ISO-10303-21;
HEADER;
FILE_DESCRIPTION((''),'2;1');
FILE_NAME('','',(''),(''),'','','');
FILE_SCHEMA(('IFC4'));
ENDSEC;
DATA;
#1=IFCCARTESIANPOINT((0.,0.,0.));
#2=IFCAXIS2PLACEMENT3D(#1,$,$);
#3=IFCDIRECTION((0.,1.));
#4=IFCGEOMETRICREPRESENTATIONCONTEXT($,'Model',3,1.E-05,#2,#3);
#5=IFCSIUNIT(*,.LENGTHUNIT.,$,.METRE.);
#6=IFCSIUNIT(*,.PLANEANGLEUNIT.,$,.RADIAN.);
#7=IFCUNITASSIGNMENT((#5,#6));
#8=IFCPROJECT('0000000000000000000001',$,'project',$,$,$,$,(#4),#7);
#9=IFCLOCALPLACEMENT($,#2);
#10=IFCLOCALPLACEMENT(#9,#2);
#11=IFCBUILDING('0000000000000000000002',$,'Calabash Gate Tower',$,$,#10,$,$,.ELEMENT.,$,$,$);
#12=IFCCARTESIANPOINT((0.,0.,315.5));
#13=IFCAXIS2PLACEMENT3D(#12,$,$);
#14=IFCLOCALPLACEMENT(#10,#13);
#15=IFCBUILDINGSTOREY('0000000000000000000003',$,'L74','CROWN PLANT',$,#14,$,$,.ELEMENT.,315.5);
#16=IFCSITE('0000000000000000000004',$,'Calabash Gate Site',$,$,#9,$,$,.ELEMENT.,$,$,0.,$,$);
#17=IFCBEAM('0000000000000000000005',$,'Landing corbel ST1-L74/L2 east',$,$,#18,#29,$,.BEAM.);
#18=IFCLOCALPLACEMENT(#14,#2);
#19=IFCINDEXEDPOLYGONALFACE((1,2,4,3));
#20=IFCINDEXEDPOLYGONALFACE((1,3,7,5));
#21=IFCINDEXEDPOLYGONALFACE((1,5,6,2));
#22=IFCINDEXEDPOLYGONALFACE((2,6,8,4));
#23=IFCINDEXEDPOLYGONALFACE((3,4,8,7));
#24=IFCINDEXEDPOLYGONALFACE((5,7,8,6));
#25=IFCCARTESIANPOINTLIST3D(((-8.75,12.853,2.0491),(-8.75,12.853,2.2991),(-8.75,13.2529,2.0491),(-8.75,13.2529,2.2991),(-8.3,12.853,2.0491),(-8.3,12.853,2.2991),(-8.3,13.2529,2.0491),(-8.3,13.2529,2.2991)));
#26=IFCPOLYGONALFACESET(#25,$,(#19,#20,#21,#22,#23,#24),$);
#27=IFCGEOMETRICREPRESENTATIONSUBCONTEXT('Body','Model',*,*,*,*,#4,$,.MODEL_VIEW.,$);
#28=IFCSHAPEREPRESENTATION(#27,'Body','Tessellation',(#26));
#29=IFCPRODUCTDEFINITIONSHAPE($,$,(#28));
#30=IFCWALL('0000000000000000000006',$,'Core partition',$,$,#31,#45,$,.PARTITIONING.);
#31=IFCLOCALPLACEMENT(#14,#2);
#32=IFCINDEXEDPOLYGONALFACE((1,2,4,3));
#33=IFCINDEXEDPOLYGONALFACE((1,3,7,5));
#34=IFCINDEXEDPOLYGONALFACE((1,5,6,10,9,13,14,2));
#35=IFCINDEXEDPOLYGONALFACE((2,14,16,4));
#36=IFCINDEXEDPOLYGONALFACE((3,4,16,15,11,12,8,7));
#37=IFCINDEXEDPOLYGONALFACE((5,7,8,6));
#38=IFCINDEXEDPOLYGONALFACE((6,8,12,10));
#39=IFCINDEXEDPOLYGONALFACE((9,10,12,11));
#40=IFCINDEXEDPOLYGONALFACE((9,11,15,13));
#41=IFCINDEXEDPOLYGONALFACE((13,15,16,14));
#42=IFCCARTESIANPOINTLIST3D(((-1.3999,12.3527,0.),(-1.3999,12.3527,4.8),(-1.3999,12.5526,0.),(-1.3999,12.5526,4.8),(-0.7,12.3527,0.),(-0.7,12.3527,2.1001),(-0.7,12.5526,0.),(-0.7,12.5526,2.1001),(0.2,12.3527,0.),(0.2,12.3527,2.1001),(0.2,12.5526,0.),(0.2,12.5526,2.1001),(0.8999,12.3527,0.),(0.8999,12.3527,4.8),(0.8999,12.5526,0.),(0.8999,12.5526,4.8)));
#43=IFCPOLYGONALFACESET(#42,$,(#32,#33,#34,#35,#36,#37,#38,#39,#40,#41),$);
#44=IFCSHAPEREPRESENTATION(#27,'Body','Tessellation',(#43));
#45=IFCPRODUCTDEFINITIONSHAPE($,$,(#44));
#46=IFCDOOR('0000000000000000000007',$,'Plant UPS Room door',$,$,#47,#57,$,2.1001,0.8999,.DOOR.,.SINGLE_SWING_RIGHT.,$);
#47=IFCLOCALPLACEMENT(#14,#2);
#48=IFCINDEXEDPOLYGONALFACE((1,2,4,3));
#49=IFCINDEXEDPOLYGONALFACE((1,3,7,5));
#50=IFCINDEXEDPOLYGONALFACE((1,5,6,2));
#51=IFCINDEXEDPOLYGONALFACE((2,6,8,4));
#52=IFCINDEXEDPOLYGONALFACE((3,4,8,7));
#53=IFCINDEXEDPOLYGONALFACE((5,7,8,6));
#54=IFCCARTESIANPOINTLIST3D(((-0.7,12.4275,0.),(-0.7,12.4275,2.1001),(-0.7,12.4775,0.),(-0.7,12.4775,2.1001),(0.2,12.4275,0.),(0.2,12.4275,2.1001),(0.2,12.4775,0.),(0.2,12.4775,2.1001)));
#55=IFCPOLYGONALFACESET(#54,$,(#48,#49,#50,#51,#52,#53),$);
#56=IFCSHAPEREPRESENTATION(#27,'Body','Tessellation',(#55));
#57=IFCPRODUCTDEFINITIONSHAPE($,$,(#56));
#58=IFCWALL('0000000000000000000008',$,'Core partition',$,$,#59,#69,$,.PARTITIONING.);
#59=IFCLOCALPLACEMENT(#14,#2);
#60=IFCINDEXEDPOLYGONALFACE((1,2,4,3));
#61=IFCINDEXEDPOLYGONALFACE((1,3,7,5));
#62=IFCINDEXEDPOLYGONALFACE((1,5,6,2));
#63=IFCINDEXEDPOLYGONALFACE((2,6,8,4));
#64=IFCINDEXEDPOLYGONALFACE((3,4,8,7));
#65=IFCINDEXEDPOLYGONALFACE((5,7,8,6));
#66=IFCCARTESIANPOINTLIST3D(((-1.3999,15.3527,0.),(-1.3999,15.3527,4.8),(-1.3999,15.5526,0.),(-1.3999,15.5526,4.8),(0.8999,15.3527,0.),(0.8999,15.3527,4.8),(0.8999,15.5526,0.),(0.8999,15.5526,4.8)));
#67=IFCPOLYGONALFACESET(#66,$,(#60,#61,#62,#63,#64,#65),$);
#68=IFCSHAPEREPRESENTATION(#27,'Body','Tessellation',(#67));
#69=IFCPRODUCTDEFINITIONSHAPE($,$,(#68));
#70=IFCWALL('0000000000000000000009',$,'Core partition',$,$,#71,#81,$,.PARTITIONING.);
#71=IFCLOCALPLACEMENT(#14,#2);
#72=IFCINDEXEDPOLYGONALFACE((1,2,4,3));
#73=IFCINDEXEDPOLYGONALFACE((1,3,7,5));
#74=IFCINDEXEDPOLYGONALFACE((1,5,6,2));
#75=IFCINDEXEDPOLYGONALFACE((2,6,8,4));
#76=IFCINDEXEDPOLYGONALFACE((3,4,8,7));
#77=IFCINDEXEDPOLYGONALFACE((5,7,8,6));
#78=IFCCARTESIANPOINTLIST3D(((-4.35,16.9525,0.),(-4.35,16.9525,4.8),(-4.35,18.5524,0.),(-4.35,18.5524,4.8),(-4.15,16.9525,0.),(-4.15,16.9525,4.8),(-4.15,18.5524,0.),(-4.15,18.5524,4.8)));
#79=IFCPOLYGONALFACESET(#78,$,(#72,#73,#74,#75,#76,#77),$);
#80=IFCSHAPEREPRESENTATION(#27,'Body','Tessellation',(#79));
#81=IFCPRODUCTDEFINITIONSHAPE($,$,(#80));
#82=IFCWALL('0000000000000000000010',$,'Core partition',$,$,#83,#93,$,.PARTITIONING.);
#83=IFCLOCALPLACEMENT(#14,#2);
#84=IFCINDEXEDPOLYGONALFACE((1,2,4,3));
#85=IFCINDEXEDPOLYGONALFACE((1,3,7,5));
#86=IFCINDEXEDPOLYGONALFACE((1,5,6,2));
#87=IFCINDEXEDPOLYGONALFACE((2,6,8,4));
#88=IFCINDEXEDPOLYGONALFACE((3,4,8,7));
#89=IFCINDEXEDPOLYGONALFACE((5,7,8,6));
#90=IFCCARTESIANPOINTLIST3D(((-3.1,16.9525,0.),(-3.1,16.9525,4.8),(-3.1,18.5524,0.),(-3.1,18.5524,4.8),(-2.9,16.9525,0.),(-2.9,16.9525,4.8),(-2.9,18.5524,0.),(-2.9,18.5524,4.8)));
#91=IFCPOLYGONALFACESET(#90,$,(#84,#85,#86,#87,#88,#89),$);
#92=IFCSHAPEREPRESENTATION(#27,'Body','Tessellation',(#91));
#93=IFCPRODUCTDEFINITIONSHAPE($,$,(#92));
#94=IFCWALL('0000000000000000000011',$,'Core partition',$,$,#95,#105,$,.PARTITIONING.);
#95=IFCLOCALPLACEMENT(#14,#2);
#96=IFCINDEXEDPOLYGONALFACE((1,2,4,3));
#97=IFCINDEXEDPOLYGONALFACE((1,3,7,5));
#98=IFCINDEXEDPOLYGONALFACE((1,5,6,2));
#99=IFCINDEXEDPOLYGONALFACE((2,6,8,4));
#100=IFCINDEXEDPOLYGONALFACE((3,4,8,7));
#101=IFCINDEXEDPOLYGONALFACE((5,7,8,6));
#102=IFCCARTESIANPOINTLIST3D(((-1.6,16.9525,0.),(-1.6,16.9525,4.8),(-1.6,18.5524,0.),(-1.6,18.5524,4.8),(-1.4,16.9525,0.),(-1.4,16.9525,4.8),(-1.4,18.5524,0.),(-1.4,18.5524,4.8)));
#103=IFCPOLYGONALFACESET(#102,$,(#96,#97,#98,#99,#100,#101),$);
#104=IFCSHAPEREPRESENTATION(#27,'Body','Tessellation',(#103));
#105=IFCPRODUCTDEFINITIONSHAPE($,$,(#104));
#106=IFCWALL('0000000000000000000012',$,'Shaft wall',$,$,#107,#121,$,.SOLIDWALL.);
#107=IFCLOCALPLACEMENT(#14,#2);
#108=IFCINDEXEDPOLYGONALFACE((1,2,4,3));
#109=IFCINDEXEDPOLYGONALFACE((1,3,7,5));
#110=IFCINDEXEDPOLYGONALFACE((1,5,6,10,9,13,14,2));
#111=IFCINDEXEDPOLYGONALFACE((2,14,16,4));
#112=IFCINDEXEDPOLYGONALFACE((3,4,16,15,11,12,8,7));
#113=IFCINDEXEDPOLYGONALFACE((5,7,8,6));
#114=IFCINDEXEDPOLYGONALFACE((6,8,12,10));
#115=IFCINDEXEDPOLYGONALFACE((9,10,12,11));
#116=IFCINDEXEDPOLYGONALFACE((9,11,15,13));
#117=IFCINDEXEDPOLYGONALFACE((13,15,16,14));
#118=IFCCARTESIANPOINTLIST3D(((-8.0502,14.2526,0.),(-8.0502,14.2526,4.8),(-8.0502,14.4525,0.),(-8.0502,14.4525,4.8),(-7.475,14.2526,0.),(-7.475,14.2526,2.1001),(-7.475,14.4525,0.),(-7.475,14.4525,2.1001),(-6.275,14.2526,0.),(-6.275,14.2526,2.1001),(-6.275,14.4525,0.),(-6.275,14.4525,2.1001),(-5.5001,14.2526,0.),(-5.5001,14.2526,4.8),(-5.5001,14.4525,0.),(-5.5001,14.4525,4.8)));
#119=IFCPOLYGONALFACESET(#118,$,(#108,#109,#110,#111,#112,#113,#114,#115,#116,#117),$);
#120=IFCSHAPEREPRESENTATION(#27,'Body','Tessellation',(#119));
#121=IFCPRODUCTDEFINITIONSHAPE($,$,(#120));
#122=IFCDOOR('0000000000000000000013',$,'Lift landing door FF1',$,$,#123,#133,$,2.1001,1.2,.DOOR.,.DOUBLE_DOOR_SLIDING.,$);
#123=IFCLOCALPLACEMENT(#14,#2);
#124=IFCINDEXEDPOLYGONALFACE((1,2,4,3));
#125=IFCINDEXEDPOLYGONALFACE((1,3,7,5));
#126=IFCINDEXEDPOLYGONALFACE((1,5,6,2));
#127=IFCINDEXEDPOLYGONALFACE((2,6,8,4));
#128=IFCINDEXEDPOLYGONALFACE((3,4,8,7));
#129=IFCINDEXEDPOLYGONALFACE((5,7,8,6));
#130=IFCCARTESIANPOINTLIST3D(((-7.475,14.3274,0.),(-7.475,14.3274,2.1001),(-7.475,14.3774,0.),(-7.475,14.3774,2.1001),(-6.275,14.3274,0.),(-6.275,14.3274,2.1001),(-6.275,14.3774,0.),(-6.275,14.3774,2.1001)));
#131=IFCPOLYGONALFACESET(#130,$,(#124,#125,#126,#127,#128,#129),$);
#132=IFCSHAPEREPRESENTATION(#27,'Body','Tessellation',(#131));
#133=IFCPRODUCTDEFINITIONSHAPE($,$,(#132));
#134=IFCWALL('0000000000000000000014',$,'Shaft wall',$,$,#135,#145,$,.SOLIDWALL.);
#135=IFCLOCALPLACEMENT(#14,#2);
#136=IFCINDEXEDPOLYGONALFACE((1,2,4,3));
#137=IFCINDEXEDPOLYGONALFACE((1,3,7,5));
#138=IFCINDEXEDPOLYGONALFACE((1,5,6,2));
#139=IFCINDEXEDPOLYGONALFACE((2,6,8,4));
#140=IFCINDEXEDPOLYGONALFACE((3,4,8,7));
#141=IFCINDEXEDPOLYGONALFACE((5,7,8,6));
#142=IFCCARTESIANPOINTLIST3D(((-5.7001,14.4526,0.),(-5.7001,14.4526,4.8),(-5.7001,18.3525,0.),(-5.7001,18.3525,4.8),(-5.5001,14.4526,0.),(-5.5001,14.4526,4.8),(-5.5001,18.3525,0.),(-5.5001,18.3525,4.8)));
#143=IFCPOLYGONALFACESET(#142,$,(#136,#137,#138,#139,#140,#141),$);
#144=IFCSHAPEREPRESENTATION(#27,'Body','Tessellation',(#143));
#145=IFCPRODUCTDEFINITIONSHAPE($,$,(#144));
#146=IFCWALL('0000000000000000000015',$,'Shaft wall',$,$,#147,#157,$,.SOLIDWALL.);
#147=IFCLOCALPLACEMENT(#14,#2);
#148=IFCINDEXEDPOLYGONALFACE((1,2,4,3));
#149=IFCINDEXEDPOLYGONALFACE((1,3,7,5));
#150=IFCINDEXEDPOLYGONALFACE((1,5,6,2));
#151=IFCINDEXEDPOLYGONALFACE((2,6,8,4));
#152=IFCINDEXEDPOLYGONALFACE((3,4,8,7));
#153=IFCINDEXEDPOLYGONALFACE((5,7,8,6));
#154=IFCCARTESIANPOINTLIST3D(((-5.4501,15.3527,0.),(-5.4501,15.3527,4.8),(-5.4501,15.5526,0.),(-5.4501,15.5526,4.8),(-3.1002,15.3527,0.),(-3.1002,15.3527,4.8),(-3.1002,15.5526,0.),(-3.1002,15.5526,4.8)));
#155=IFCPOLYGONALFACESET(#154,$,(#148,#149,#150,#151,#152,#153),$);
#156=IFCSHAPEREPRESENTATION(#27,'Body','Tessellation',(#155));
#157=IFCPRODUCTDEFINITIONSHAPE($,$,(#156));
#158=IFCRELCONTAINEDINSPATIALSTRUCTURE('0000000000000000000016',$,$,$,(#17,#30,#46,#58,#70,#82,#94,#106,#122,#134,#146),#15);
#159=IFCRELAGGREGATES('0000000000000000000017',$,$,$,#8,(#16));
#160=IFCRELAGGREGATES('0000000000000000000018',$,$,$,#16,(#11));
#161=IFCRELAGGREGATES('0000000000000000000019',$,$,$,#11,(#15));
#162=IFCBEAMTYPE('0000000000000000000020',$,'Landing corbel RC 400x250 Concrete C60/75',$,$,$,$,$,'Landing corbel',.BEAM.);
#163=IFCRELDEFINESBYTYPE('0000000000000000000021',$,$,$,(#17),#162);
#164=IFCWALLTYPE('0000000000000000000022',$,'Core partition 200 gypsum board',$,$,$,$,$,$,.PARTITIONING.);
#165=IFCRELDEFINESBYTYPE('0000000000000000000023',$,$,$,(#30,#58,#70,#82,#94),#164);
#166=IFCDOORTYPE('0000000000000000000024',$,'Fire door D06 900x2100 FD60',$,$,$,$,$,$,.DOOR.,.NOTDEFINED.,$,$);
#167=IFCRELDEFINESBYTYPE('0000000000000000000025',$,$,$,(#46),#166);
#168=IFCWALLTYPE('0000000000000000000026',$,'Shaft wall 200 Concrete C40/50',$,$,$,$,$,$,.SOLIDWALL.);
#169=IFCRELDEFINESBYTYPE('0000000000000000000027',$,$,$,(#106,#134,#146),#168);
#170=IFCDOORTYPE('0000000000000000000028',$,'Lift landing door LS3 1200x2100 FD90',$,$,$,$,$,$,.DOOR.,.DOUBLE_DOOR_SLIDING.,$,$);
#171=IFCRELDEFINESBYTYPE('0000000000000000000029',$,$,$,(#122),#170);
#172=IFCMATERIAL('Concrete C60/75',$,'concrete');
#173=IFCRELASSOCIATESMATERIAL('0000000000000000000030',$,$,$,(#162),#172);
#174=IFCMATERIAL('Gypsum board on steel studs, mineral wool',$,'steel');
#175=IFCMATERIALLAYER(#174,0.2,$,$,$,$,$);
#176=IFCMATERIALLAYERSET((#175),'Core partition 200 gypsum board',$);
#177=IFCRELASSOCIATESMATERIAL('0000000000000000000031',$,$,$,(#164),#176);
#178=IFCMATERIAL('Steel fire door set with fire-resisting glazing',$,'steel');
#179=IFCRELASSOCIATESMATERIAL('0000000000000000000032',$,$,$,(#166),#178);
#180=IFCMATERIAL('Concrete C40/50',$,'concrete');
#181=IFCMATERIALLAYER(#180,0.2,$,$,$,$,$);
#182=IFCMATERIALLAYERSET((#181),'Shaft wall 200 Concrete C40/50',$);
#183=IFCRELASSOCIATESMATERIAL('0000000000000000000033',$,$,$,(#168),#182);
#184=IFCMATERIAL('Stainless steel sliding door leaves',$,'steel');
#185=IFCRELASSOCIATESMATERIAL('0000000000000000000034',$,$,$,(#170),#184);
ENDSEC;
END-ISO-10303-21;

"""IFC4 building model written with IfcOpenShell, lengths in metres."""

from ifc_helpers import new_model, si_unit, direction, frame, frame_2d, origin, origin_2d, place, context, subcontext, project, spatial, rectangle, extrude, material, layer, layer_set, material_profile, profile_set, type_object, element, fill, save


model = new_model("IFC4")

# Units and contexts
model_context = context("Model", 3, precision=1e-05, world=origin(), true_north=direction((0.0, 1.0)))
body_context = subcontext(model_context, "Body", "Model", "MODEL_VIEW")
ifc_project = project(units=[si_unit("LENGTHUNIT", "METRE"), si_unit("PLANEANGLEUNIT", "RADIAN")], contexts=[model_context])

# Site, building, storey
site_placement = place(None, origin())
site = spatial("IfcSite", under=ifc_project, at=site_placement, Name="Calabash Gate Site", CompositionType="ELEMENT", RefElevation=0.0)
building_placement = place(site_placement, origin())
building = spatial("IfcBuilding", under=site, at=building_placement, Name="Calabash Gate Tower", CompositionType="ELEMENT")
storey_placement = place(building_placement, frame((0.0, 0.0, 315.5)))
storey = spatial("IfcBuildingStorey", under=building, at=storey_placement, Name="L74", Description="CROWN PLANT", CompositionType="ELEMENT", Elevation=315.5)

# Beam
ifc_material_1 = material(Name="Concrete C60/75", Category="concrete")
ifc_material_profile = material_profile(ifc_material_1, rectangle(XDim=0.3999, YDim=0.25, at=origin_2d()))
ifc_profile_set = profile_set([ifc_material_profile], Name="Concrete C60/75")
beam_type = type_object("IfcBeamType", Name="Landing corbel RC 400x250 Concrete C60/75", ElementType="Landing corbel", PredefinedType="BEAM", material=ifc_profile_set)
beam_placement = place(storey_placement, frame((-8.3, 13.053, 2.1741), z_axis=(-1.0, 0.0, 0.0), x_axis=(0.0, -1.0, 0.0)))
element("IfcBeam", 1, at=beam_placement, inside=storey, type_object=beam_type, Name="Landing corbel ST1-L74/L2 east", PredefinedType="BEAM", context=body_context, shape_type="SweptSolid", body=[
    extrude(rectangle(XDim=0.3999, YDim=0.25, at=origin_2d()), origin(), (0.0, 0.0, 1.0), 0.45),
])

# Wall, opening, door
ifc_material_2 = material(Name="Gypsum board on steel studs, mineral wool", Category="steel")
ifc_layer_1 = layer(ifc_material_2, 0.2)
ifc_layer_set_1 = layer_set([ifc_layer_1], Name="Core partition 200 gypsum board")
wall_type_1 = type_object("IfcWallType", Name="Core partition 200 gypsum board", PredefinedType="PARTITIONING", material=ifc_layer_set_1)
wall_1_placement = place(storey_placement, frame((-1.3999, 12.4526, 0.0), z_axis=(0.0, 0.0, 1.0), x_axis=(1.0, 0.0, 0.0)))
wall_1 = element("IfcWall", 2, at=wall_1_placement, inside=storey, type_object=wall_type_1, Name="Core partition", PredefinedType="PARTITIONING", context=body_context, shape_type="SweptSolid", body=[
    extrude(rectangle(XDim=2.2998, YDim=0.2, at=frame_2d((1.1499, 0.0))), origin(), (0.0, 0.0, 1.0), 4.8),
])
opening_1_placement = place(wall_1_placement, frame((0.7, 0.0, 0.0)))
opening_1 = element("IfcOpeningElement", 3, at=opening_1_placement, cuts=wall_1, PredefinedType="OPENING", context=body_context, shape_type="SweptSolid", body=[
    extrude(rectangle(XDim=0.8999, YDim=2.1001, at=frame_2d((0.45, 1.05))), frame((0.0, 0.1099, 0.0), z_axis=(0.0, -1.0, 0.0), x_axis=(1.0, 0.0, 0.0)), (0.0, 0.0, 1.0), 0.22),
])
ifc_material_3 = material(Name="Steel fire door set with fire-resisting glazing", Category="steel")
door_type_1 = type_object("IfcDoorType", Name="Fire door D06 900x2100 FD60", OperationType="NOTDEFINED", PredefinedType="DOOR", material=ifc_material_3)
door_1_placement = place(opening_1_placement, origin())
door_1 = element("IfcDoor", 4, at=door_1_placement, inside=storey, type_object=door_type_1, Name="Plant UPS Room door", OperationType="SINGLE_SWING_RIGHT", OverallHeight=2.1001, OverallWidth=0.8999, PredefinedType="DOOR", context=body_context, shape_type="SweptSolid", body=[
    extrude(rectangle(XDim=0.8999, YDim=2.1001, at=frame_2d((0.45, 1.05))), frame((0.0, 0.0249, 0.0), z_axis=(0.0, -1.0, 0.0), x_axis=(1.0, 0.0, 0.0)), (0.0, 0.0, 1.0), 0.05),
])
fill(opening_1, door_1)

# Walls
wall_2_placement = place(storey_placement, frame((-1.3999, 15.4526, 0.0), z_axis=(0.0, 0.0, 1.0), x_axis=(1.0, 0.0, 0.0)))
element("IfcWall", 5, at=wall_2_placement, inside=storey, type_object=wall_type_1, Name="Core partition", PredefinedType="PARTITIONING", context=body_context, shape_type="SweptSolid", body=[
    extrude(rectangle(XDim=2.2998, YDim=0.2, at=frame_2d((1.1499, 0.0))), origin(), (0.0, 0.0, 1.0), 4.8),
])
for number, where, z_axis, x_axis, name in (
    (6, (-4.25, 16.9526, 0.0), (0.0, 0.0, 1.0), (0.0, 1.0, 0.0), "Core partition"),
    (7, (-3.0, 16.9526, 0.0), (0.0, 0.0, 1.0), (0.0, 1.0, 0.0), "Core partition"),
    (8, (-1.5, 16.9526, 0.0), (0.0, 0.0, 1.0), (0.0, 1.0, 0.0), "Core partition"),
):
    element("IfcWall", number, at=place(storey_placement, frame(where, z_axis=z_axis, x_axis=x_axis)), inside=storey, type_object=wall_type_1, Name=name, PredefinedType="PARTITIONING", context=body_context, shape_type="SweptSolid", body=[
        extrude(rectangle(XDim=1.5999, YDim=0.2, at=frame_2d((0.7998, 0.0))), origin(), (0.0, 0.0, 1.0), 4.8),
    ])

# Wall, opening, door
ifc_material_4 = material(Name="Concrete C40/50", Category="concrete")
ifc_layer_2 = layer(ifc_material_4, 0.2)
ifc_layer_set_2 = layer_set([ifc_layer_2], Name="Shaft wall 200 Concrete C40/50")
wall_type_2 = type_object("IfcWallType", Name="Shaft wall 200 Concrete C40/50", PredefinedType="SOLIDWALL", material=ifc_layer_set_2)
wall_3_placement = place(storey_placement, frame((-8.05, 14.3525, 0.0), z_axis=(0.0, 0.0, 1.0), x_axis=(1.0, 0.0, 0.0)))
wall_3 = element("IfcWall", 9, at=wall_3_placement, inside=storey, type_object=wall_type_2, Name="Shaft wall", PredefinedType="SOLIDWALL", context=body_context, shape_type="SweptSolid", body=[
    extrude(rectangle(XDim=2.55, YDim=0.2, at=frame_2d((1.2749, 0.0))), origin(), (0.0, 0.0, 1.0), 4.8),
])
opening_2_placement = place(wall_3_placement, frame((0.575, 0.0, 0.0)))
opening_2 = element("IfcOpeningElement", 10, at=opening_2_placement, cuts=wall_3, PredefinedType="OPENING", context=body_context, shape_type="SweptSolid", body=[
    extrude(rectangle(XDim=1.2, YDim=2.1001, at=frame_2d((0.6001, 1.05))), frame((0.0, 0.1099, 0.0), z_axis=(0.0, -1.0, 0.0), x_axis=(1.0, 0.0, 0.0)), (0.0, 0.0, 1.0), 0.22),
])
ifc_material_5 = material(Name="Stainless steel sliding door leaves", Category="steel")
door_type_2 = type_object("IfcDoorType", Name="Lift landing door LS3 1200x2100 FD90", OperationType="DOUBLE_DOOR_SLIDING", PredefinedType="DOOR", material=ifc_material_5)
door_2_placement = place(opening_2_placement, origin())
door_2 = element("IfcDoor", 11, at=door_2_placement, inside=storey, type_object=door_type_2, Name="Lift landing door FF1", OperationType="DOUBLE_DOOR_SLIDING", OverallHeight=2.1001, OverallWidth=1.2, PredefinedType="DOOR", context=body_context, shape_type="SweptSolid", body=[
    extrude(rectangle(XDim=1.2, YDim=2.1001, at=frame_2d((0.6001, 1.05))), frame((0.0, 0.0249, 0.0), z_axis=(0.0, -1.0, 0.0), x_axis=(1.0, 0.0, 0.0)), (0.0, 0.0, 1.0), 0.05),
])
fill(opening_2, door_2)

# Walls
wall_4_placement = place(storey_placement, frame((-5.6001, 14.4526, 0.0), z_axis=(0.0, 0.0, 1.0), x_axis=(0.0, 1.0, 0.0)))
element("IfcWall", 12, at=wall_4_placement, inside=storey, type_object=wall_type_2, Name="Shaft wall", PredefinedType="SOLIDWALL", context=body_context, shape_type="SweptSolid", body=[
    extrude(rectangle(XDim=3.8999, YDim=0.2, at=frame_2d((1.95, 0.0))), origin(), (0.0, 0.0, 1.0), 4.8),
])
wall_5_placement = place(storey_placement, frame((-5.45, 15.4526, 0.0), z_axis=(0.0, 0.0, 1.0), x_axis=(1.0, 0.0, 0.0)))
element("IfcWall", 13, at=wall_5_placement, inside=storey, type_object=wall_type_2, Name="Shaft wall", PredefinedType="SOLIDWALL", context=body_context, shape_type="SweptSolid", body=[
    extrude(rectangle(XDim=2.3499, YDim=0.2, at=frame_2d((1.1748, 0.0))), origin(), (0.0, 0.0, 1.0), 4.8),
])

save(model, "model.ifc")
